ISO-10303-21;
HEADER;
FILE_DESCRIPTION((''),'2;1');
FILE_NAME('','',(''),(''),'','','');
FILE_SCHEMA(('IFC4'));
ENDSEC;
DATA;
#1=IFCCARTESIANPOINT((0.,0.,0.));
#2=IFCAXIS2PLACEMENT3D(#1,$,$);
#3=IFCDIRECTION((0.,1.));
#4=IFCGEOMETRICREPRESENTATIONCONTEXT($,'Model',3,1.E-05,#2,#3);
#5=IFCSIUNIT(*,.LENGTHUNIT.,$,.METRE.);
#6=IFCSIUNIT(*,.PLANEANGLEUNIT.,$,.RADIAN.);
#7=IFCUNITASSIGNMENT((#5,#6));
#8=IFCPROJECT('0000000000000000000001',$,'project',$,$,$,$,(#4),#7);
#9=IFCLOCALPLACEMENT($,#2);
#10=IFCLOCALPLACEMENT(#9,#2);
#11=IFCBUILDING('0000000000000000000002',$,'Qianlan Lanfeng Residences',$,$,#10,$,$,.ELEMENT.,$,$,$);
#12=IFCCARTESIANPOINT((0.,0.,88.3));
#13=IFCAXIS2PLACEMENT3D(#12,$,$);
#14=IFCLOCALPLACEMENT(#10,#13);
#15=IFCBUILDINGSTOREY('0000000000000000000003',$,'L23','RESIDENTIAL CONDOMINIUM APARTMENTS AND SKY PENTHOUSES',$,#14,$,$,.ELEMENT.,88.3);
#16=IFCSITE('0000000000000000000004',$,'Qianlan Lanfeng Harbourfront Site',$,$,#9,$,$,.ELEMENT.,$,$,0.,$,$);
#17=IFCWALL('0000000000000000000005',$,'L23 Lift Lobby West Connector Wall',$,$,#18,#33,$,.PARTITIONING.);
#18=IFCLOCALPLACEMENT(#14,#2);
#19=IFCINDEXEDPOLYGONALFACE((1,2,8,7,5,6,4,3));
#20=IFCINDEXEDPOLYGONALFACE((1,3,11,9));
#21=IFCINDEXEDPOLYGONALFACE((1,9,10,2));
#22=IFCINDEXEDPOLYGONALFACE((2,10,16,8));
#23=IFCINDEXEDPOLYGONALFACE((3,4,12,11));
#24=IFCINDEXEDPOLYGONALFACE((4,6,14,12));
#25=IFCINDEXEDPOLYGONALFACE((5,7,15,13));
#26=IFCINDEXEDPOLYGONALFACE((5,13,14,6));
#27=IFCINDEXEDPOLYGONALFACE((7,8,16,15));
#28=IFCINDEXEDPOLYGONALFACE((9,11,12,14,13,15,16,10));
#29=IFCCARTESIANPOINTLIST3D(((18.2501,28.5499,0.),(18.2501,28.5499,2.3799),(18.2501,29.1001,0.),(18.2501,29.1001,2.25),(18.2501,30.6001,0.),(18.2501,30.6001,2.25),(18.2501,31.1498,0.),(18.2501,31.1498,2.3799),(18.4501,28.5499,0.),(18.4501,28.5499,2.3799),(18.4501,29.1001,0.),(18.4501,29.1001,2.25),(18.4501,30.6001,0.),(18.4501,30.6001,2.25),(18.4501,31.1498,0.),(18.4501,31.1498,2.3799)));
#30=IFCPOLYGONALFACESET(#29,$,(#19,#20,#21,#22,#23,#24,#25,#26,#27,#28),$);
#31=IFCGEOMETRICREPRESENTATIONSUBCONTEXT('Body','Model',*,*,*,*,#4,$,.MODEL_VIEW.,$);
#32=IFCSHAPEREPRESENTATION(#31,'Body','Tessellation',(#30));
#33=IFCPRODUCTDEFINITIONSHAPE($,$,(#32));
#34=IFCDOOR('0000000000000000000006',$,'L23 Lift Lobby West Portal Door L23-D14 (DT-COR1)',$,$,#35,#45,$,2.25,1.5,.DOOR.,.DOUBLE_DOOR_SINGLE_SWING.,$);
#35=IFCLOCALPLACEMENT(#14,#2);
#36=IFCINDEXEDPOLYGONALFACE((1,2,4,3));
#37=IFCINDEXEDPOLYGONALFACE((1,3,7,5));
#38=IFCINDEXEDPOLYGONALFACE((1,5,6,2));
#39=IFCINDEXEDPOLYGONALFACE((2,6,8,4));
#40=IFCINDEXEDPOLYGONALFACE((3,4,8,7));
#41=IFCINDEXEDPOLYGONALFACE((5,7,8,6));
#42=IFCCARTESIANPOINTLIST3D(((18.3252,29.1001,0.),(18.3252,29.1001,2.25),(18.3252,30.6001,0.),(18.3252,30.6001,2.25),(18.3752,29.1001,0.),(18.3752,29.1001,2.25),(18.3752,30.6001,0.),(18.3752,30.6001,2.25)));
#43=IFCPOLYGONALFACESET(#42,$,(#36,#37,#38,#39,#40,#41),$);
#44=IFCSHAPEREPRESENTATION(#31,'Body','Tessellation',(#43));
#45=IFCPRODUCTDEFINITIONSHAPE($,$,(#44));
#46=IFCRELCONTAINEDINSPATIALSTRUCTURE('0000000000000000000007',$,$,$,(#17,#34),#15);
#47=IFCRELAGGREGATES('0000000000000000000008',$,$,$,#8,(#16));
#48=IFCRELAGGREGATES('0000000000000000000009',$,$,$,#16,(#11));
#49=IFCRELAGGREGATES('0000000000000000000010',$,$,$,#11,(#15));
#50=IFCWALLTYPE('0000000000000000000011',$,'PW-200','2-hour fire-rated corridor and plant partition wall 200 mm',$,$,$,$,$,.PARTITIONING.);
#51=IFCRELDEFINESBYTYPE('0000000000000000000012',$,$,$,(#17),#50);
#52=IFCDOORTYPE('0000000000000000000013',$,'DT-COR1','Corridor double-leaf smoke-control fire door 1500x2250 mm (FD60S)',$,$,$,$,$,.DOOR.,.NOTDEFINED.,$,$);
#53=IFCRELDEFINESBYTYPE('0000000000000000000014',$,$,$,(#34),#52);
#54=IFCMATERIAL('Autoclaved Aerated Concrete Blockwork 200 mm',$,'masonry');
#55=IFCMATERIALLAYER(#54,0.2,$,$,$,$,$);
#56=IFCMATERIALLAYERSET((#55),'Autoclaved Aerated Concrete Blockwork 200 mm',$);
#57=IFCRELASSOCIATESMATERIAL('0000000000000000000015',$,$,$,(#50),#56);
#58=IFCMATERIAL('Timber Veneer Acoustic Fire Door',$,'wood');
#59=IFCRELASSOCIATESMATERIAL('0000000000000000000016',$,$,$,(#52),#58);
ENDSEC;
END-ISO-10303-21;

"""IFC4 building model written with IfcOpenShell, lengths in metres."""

from ifc_helpers import new_model, si_unit, direction, frame, frame_2d, origin, place, context, subcontext, project, spatial, rectangle, extrude, material, layer, layer_set, type_object, element, fill, save


model = new_model("IFC4")

# Units and contexts
model_context = context("Model", 3, precision=1e-05, world=origin(), true_north=direction((0.0, 1.0)))
body_context = subcontext(model_context, "Body", "Model", "MODEL_VIEW")
ifc_project = project(units=[si_unit("LENGTHUNIT", "METRE"), si_unit("PLANEANGLEUNIT", "RADIAN")], contexts=[model_context])

# Site, building, storey
site_placement = place(None, origin())
site = spatial("IfcSite", under=ifc_project, at=site_placement, Name="Qianlan Lanfeng Harbourfront Site", CompositionType="ELEMENT", RefElevation=0.0)
building_placement = place(site_placement, origin())
building = spatial("IfcBuilding", under=site, at=building_placement, Name="Qianlan Lanfeng Residences", CompositionType="ELEMENT")
storey_placement = place(building_placement, frame((0.0, 0.0, 88.3)))
storey = spatial("IfcBuildingStorey", under=building, at=storey_placement, Name="L23", Description="RESIDENTIAL CONDOMINIUM APARTMENTS AND SKY PENTHOUSES", CompositionType="ELEMENT", Elevation=88.3)

# Wall, opening, door
ifc_material_1 = material(Name="Autoclaved Aerated Concrete Blockwork 200 mm", Category="masonry")
ifc_layer_1 = layer(ifc_material_1, 0.2)
ifc_layer_set_1 = layer_set([ifc_layer_1], Name="Autoclaved Aerated Concrete Blockwork 200 mm")
wall_type_1 = type_object("IfcWallType", Name="PW-200", Description="2-hour fire-rated corridor and plant partition wall 200 mm", PredefinedType="PARTITIONING", material=ifc_layer_set_1)
wall_1_placement = place(storey_placement, frame((18.3501, 28.55, 0.0), z_axis=(0.0, 0.0, 1.0), x_axis=(0.0, 1.0, 0.0)))
wall_1 = element("IfcWall", 1, at=wall_1_placement, inside=storey, type_object=wall_type_1, Name="L23 Lift Lobby West Connector Wall", PredefinedType="PARTITIONING", context=body_context, shape_type="SweptSolid", body=[
    extrude(rectangle(XDim=2.5999, YDim=0.2, at=frame_2d((1.2998, 0.0))), origin(), (0.0, 0.0, 1.0), 2.3799),
])
opening_1_placement = place(wall_1_placement, frame((0.55, 0.0, 0.0)))
opening_1 = element("IfcOpeningElement", 2, at=opening_1_placement, cuts=wall_1, PredefinedType="OPENING", context=body_context, shape_type="SweptSolid", body=[
    extrude(rectangle(XDim=1.5, YDim=2.25, at=frame_2d((0.75, 1.125))), frame((0.0, 0.1099, 0.0), z_axis=(0.0, -1.0, 0.0), x_axis=(1.0, 0.0, 0.0)), (0.0, 0.0, 1.0), 0.22),
])
ifc_material_2 = material(Name="Timber Veneer Acoustic Fire Door", Category="wood")
door_type_1 = type_object("IfcDoorType", Name="DT-COR1", Description="Corridor double-leaf smoke-control fire door 1500x2250 mm (FD60S)", OperationType="NOTDEFINED", PredefinedType="DOOR", material=ifc_material_2)
door_1_placement = place(opening_1_placement, origin())
door_1 = element("IfcDoor", 3, at=door_1_placement, inside=storey, type_object=door_type_1, Name="L23 Lift Lobby West Portal Door L23-D14 (DT-COR1)", OperationType="DOUBLE_DOOR_SINGLE_SWING", OverallHeight=2.25, OverallWidth=1.5, PredefinedType="DOOR", context=body_context, shape_type="SweptSolid", body=[
    extrude(rectangle(XDim=1.5, YDim=2.25, at=frame_2d((0.75, 1.125))), frame((0.0, 0.0249, 0.0), z_axis=(0.0, -1.0, 0.0), x_axis=(1.0, 0.0, 0.0)), (0.0, 0.0, 1.0), 0.05),
])
fill(opening_1, door_1)

save(model, "model.ifc")
